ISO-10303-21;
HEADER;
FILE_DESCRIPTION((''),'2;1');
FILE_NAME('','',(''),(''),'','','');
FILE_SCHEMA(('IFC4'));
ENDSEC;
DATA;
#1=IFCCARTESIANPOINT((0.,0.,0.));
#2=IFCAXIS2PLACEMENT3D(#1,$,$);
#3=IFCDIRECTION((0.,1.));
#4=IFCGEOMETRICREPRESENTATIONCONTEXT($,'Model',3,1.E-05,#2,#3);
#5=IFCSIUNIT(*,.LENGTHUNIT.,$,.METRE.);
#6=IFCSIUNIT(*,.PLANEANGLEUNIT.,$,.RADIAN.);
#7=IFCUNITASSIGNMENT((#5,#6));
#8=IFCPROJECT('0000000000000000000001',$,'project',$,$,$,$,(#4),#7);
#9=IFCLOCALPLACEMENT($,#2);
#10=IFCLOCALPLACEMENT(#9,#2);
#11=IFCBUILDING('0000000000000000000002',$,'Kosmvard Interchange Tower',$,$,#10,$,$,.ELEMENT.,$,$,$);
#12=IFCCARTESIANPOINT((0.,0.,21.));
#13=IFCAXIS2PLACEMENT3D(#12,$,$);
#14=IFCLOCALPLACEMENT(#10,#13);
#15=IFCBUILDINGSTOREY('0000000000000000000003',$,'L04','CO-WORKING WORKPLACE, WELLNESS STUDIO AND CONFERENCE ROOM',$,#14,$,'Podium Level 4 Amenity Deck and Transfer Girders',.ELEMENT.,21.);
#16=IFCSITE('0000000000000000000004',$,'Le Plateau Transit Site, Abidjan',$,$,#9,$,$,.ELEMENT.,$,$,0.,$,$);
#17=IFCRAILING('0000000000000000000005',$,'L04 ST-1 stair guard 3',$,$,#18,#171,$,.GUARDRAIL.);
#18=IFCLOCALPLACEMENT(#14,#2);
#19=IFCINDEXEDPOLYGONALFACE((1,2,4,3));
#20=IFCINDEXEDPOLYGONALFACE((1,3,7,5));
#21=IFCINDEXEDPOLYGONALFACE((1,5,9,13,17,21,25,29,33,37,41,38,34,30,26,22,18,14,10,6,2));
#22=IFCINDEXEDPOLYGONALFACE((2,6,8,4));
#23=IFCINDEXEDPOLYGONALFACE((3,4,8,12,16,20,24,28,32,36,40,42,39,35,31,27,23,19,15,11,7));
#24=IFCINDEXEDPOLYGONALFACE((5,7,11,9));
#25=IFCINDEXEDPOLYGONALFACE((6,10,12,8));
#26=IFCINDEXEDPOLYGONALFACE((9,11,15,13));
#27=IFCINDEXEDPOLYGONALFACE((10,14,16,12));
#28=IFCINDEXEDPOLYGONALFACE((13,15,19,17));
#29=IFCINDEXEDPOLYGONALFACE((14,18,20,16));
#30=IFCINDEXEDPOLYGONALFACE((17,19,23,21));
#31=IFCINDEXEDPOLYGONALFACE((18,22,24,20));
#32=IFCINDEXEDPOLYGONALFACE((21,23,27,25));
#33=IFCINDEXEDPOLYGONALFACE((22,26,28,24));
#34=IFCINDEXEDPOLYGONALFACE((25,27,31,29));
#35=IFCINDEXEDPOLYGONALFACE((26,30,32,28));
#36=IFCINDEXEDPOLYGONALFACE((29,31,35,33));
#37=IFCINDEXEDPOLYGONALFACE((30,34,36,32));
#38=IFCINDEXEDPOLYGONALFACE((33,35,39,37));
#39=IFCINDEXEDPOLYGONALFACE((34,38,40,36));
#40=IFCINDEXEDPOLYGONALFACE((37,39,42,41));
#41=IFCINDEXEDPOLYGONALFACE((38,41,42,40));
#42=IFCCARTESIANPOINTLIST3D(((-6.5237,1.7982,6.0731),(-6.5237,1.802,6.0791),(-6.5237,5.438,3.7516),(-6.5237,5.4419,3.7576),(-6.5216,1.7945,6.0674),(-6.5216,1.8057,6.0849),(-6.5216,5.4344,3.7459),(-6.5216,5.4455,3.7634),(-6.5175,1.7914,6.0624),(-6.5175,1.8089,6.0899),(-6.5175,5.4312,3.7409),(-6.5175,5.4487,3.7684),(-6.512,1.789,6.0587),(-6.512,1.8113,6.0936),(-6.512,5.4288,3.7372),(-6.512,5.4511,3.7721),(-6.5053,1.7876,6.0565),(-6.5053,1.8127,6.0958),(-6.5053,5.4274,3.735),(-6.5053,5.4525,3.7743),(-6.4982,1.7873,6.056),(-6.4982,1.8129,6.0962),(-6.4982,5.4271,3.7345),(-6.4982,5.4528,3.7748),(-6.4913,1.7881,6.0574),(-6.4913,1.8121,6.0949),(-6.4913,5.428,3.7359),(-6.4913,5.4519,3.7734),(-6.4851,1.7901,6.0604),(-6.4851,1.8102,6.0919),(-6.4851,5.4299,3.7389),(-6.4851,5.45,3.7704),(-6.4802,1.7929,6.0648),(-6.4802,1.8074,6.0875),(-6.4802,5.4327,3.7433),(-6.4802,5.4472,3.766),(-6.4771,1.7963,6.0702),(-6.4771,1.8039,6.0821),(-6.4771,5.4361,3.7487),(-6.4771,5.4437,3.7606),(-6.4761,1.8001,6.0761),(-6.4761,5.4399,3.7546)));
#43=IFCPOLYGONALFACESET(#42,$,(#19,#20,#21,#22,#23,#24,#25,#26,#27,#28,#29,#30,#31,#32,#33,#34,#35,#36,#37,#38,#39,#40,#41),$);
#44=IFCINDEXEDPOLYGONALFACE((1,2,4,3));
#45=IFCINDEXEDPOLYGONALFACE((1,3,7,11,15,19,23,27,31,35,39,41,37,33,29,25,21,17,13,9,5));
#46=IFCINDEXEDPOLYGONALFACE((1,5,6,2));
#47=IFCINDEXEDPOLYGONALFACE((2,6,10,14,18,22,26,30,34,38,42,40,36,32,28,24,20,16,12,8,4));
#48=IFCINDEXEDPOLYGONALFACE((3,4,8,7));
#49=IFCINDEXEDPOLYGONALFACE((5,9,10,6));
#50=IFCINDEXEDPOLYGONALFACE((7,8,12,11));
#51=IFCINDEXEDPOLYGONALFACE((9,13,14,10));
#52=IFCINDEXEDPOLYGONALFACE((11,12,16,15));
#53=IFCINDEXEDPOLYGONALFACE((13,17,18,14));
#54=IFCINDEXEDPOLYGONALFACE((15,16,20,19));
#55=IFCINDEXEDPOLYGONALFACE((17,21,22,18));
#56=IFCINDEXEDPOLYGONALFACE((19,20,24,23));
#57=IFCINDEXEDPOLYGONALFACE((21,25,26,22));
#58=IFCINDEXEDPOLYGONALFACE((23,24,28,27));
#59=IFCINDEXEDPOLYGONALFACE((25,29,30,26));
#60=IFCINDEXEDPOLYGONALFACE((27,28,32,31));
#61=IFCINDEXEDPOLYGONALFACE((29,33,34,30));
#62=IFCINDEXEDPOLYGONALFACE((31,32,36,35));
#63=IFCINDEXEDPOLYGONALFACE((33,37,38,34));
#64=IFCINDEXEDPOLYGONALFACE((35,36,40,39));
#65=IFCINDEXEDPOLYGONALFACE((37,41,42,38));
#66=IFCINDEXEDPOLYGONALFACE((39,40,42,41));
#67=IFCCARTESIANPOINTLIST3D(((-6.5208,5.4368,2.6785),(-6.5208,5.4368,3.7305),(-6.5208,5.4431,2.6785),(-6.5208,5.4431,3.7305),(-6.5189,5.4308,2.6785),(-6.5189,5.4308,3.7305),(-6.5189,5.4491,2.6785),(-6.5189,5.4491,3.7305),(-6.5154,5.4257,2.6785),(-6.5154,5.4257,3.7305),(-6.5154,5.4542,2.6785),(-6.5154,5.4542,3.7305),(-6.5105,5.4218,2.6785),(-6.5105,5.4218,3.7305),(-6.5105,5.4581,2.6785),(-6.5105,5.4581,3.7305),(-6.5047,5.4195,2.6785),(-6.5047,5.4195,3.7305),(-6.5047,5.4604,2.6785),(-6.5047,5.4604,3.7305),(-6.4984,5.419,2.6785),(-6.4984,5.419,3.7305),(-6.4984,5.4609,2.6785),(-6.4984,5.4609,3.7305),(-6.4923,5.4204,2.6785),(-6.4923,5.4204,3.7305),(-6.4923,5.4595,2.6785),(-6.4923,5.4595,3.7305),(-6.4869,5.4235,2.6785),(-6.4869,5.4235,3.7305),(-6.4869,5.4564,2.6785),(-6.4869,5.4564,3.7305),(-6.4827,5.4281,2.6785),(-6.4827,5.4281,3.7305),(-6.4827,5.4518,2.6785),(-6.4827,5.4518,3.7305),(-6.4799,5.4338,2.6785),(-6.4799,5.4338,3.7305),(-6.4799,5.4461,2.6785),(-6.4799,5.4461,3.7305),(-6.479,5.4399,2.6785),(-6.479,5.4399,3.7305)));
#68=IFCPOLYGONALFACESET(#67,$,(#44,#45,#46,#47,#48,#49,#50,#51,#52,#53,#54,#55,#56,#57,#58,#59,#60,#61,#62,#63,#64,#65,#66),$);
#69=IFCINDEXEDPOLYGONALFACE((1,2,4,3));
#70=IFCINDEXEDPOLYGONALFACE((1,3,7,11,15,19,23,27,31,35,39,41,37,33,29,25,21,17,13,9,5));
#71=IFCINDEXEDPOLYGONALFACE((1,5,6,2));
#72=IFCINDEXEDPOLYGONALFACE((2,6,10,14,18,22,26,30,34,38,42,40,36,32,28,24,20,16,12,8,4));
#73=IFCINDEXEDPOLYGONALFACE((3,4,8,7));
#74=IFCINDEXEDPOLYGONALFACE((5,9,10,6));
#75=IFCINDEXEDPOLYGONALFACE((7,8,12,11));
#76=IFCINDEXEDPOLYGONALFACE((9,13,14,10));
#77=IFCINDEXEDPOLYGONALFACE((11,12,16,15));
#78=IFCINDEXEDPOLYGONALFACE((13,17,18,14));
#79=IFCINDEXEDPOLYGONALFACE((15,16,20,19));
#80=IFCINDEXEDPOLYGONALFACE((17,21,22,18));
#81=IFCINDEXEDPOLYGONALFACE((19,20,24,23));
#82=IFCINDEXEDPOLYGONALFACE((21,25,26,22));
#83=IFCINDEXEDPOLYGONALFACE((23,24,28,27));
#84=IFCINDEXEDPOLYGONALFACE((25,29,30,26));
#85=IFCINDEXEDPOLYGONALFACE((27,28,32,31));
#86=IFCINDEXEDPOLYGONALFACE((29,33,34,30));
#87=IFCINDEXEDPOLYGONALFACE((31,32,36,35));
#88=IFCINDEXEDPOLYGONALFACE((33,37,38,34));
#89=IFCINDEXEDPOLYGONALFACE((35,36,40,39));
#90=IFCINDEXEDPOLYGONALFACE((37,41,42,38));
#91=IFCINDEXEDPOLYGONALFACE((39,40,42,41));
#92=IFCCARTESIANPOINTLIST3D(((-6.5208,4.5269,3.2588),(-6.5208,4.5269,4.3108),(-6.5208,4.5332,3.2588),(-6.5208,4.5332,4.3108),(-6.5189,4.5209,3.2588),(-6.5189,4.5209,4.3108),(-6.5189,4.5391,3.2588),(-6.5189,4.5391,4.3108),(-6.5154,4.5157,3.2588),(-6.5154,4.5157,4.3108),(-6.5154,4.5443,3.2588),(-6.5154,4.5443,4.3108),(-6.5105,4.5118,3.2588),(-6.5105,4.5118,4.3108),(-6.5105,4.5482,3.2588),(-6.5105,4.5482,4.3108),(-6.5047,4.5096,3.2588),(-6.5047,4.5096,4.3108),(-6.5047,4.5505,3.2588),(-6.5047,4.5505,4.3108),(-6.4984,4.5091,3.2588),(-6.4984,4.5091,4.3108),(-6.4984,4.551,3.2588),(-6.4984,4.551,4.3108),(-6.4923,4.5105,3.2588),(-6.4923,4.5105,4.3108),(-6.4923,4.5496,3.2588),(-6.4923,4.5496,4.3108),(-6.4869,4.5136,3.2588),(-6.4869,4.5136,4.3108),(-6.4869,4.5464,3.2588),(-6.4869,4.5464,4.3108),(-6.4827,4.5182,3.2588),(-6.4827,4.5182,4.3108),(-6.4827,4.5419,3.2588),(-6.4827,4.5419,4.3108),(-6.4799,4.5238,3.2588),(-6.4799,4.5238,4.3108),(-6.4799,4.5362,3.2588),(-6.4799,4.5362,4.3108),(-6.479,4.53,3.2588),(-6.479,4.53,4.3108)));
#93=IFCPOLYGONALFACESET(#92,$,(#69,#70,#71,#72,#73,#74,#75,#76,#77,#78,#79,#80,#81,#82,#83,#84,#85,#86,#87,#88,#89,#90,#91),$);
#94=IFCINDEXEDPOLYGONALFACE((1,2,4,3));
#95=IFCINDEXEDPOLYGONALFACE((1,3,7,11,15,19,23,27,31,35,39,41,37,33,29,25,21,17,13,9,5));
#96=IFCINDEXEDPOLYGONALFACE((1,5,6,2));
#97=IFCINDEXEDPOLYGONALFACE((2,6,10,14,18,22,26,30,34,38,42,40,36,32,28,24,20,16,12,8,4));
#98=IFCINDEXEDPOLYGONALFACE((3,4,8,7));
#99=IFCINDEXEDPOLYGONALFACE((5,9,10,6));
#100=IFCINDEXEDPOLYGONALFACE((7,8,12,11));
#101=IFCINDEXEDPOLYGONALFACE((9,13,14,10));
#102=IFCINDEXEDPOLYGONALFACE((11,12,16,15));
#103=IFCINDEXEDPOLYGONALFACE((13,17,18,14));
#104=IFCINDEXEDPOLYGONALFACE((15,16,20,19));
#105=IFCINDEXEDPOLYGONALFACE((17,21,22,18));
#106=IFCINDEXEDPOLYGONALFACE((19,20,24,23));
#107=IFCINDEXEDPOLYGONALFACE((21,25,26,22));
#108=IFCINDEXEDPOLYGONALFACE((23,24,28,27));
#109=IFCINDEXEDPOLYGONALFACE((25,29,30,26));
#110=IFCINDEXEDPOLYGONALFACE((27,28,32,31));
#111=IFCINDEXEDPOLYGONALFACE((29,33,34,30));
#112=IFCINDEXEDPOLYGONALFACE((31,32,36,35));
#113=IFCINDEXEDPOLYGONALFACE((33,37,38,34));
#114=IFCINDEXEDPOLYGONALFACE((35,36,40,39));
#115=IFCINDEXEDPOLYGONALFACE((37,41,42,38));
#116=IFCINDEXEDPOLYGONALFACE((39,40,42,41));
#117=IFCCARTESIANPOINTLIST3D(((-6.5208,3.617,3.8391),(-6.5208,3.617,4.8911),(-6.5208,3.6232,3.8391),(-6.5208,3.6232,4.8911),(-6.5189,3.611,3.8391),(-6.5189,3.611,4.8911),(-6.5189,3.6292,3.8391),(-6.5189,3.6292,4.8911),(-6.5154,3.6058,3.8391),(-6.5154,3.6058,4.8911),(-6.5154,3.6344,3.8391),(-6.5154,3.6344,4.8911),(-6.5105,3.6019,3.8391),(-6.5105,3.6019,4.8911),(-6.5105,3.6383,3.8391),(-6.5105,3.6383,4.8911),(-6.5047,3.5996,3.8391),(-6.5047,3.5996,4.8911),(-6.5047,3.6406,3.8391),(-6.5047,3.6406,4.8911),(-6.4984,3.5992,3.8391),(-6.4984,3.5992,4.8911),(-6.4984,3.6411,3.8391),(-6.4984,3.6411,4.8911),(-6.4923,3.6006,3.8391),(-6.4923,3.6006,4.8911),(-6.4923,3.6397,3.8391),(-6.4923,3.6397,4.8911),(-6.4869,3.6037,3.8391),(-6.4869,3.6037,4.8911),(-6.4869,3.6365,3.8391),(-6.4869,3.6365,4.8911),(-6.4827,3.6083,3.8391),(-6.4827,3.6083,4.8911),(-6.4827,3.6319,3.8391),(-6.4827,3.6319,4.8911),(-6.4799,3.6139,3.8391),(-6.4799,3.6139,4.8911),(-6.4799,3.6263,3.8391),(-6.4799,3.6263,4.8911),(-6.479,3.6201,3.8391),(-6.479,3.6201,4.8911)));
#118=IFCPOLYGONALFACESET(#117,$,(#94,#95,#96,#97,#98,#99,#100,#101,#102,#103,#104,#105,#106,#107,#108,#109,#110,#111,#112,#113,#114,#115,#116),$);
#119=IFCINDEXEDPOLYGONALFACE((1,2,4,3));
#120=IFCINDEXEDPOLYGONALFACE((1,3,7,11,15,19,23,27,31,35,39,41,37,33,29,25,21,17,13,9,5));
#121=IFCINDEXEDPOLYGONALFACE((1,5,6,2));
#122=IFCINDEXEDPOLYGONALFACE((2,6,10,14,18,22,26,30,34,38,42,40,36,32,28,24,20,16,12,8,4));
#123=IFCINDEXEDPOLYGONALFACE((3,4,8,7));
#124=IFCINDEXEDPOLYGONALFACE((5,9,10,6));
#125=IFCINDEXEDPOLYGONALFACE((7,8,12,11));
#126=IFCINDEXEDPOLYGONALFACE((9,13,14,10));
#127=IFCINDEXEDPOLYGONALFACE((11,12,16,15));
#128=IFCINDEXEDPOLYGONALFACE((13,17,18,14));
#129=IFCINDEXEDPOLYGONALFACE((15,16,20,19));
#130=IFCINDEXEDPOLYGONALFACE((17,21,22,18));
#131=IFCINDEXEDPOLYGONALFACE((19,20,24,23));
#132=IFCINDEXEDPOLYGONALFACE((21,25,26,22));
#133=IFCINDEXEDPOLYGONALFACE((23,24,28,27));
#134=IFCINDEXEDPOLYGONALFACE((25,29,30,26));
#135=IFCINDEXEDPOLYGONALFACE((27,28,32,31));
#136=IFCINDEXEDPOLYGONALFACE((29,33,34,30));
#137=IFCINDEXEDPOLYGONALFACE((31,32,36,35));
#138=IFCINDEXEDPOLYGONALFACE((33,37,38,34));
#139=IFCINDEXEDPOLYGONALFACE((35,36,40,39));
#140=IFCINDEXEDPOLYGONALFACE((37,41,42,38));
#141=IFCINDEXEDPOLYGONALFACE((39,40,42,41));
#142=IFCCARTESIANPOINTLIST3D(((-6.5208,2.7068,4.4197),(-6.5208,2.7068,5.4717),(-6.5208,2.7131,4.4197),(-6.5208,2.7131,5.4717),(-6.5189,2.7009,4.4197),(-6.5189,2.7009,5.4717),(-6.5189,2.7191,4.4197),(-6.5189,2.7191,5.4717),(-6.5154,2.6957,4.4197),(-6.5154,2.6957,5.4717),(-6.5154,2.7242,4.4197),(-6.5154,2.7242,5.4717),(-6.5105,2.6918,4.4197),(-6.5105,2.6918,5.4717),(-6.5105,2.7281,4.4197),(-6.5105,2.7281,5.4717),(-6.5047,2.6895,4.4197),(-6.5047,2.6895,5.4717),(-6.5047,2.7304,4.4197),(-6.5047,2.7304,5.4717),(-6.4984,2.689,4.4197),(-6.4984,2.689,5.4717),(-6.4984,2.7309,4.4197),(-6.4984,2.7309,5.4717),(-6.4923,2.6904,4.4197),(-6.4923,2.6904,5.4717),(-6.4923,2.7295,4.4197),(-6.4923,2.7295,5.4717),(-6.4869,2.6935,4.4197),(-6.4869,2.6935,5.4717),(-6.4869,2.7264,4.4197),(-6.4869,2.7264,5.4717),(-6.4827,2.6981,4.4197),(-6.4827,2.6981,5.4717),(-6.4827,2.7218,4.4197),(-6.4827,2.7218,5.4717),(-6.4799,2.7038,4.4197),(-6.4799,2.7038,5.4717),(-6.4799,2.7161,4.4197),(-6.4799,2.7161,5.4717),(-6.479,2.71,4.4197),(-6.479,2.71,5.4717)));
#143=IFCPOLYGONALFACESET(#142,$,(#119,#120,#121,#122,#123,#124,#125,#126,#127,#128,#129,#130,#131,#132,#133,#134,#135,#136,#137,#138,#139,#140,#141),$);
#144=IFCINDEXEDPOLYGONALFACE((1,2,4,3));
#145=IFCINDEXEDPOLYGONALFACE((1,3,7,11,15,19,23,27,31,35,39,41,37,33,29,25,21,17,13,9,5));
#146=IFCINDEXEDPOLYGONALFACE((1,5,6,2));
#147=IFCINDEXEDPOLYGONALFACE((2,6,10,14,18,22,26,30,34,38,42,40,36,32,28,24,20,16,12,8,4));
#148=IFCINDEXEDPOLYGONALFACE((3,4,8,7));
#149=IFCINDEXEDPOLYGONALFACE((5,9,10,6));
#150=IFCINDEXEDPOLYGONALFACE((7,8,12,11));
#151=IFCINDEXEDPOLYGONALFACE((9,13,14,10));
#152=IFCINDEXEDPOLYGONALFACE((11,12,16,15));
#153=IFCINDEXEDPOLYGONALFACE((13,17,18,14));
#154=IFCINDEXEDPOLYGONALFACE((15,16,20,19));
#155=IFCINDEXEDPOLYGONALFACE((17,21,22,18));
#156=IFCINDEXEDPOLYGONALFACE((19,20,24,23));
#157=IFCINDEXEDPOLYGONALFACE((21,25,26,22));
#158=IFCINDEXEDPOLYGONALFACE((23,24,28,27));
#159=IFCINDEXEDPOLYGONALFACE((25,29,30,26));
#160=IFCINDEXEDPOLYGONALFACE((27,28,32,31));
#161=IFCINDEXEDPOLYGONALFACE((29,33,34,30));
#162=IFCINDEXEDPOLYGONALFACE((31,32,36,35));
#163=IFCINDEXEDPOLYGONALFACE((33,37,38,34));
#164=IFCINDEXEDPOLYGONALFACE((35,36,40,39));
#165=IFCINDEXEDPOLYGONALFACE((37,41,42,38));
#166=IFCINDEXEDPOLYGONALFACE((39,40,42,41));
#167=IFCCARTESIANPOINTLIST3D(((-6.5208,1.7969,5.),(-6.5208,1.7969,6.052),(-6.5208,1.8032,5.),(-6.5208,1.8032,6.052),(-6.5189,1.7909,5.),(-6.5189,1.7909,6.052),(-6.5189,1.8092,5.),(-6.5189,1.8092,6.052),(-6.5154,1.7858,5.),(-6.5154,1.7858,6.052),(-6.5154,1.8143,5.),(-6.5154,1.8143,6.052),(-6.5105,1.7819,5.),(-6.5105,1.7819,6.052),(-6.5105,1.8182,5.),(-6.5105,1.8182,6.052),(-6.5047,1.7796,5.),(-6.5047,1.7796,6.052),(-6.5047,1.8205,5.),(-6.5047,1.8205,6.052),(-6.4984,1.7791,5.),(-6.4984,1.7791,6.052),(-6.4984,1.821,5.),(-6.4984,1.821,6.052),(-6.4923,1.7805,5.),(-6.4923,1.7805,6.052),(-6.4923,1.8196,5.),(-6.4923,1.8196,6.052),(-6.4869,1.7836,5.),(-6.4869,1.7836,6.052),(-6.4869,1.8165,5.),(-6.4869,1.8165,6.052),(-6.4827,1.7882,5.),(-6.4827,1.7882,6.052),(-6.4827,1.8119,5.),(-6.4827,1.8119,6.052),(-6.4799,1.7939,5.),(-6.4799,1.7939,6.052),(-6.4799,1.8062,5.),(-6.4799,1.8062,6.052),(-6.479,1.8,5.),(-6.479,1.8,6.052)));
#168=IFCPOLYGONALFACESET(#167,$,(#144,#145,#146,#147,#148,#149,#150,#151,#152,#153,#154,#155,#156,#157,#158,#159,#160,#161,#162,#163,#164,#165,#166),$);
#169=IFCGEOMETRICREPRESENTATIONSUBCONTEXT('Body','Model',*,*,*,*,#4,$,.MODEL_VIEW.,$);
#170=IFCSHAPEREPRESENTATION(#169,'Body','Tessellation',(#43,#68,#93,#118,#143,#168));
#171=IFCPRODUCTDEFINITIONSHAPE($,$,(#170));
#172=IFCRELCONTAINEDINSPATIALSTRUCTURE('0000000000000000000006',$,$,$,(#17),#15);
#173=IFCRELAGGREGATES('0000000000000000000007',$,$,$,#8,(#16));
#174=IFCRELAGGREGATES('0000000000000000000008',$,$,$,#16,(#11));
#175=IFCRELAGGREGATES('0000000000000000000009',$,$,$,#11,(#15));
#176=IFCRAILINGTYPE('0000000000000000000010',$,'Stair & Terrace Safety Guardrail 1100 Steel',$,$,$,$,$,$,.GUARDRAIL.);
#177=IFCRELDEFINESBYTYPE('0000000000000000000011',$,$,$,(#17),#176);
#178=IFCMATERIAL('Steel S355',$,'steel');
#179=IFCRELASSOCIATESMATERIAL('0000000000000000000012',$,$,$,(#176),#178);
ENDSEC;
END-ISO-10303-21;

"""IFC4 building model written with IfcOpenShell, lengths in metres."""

from ifc_helpers import new_model, si_unit, direction, frame, origin, origin_2d, place, context, subcontext, project, spatial, circle, extrude, source, transform, mapped, material, type_object, element, save


model = new_model("IFC4")

# Units and contexts
model_context = context("Model", 3, precision=1e-05, world=origin(), true_north=direction((0.0, 1.0)))
body_context = subcontext(model_context, "Body", "Model", "MODEL_VIEW")
ifc_project = project(units=[si_unit("LENGTHUNIT", "METRE"), si_unit("PLANEANGLEUNIT", "RADIAN")], contexts=[model_context])

# Site, building, storey
site_placement = place(None, origin())
site = spatial("IfcSite", under=ifc_project, at=site_placement, Name="Le Plateau Transit Site, Abidjan", CompositionType="ELEMENT", RefElevation=0.0)
building_placement = place(site_placement, origin())
building = spatial("IfcBuilding", under=site, at=building_placement, Name="Kosmvard Interchange Tower", CompositionType="ELEMENT")
storey_placement = place(building_placement, frame((0.0, 0.0, 21.0)))
storey = spatial("IfcBuildingStorey", under=building, at=storey_placement, Name="L04", Description="CO-WORKING WORKPLACE, WELLNESS STUDIO AND CONFERENCE ROOM", LongName="Podium Level 4 Amenity Deck and Transfer Girders", CompositionType="ELEMENT", Elevation=21.0)

# Shared definitions
ifc_material_1 = material(Name="Steel S355", Category="steel")

# Railing
railing_type_1 = type_object("IfcRailingType", Name="Stair & Terrace Safety Guardrail 1100 Steel", PredefinedType="GUARDRAIL", material=ifc_material_1)
shared_shape_1 = source(origin(), body_context, "Body", "SweptSolid", [
    extrude(circle(Radius=0.0239, at=origin_2d()), frame((0.0, 0.0, 1.0762), z_axis=(0.0, -0.843112, 0.537739), x_axis=(1.0, 0.0, 0.0)), (0.0, 0.0, 1.0), 4.3171),
    extrude(circle(Radius=0.021, at=origin_2d()), origin(), (0.0, 0.0, 1.0), 1.052),
    extrude(circle(Radius=0.021, at=origin_2d()), frame((0.0, -0.9099, 0.5803)), (0.0, 0.0, 1.0), 1.052),
    extrude(circle(Radius=0.021, at=origin_2d()), frame((0.0, -1.8198, 1.1606)), (0.0, 0.0, 1.0), 1.052),
    extrude(circle(Radius=0.021, at=origin_2d()), frame((0.0, -2.73, 1.7412)), (0.0, 0.0, 1.0), 1.052),
    extrude(circle(Radius=0.021, at=origin_2d()), frame((0.0, -3.6399, 2.3215)), (0.0, 0.0, 1.0), 1.052),
])
railing_1_placement = place(storey_placement, frame((-6.5, 5.4399, 2.6785)))
element("IfcRailing", 1, at=railing_1_placement, inside=storey, type_object=railing_type_1, Name="L04 ST-1 stair guard 3", PredefinedType="GUARDRAIL", context=body_context, shape_type="MappedRepresentation", body=[
    mapped(shared_shape_1, transform((0.0, 0.0, 0.0), scale=1.0)),
])

save(model, "model.ifc")
